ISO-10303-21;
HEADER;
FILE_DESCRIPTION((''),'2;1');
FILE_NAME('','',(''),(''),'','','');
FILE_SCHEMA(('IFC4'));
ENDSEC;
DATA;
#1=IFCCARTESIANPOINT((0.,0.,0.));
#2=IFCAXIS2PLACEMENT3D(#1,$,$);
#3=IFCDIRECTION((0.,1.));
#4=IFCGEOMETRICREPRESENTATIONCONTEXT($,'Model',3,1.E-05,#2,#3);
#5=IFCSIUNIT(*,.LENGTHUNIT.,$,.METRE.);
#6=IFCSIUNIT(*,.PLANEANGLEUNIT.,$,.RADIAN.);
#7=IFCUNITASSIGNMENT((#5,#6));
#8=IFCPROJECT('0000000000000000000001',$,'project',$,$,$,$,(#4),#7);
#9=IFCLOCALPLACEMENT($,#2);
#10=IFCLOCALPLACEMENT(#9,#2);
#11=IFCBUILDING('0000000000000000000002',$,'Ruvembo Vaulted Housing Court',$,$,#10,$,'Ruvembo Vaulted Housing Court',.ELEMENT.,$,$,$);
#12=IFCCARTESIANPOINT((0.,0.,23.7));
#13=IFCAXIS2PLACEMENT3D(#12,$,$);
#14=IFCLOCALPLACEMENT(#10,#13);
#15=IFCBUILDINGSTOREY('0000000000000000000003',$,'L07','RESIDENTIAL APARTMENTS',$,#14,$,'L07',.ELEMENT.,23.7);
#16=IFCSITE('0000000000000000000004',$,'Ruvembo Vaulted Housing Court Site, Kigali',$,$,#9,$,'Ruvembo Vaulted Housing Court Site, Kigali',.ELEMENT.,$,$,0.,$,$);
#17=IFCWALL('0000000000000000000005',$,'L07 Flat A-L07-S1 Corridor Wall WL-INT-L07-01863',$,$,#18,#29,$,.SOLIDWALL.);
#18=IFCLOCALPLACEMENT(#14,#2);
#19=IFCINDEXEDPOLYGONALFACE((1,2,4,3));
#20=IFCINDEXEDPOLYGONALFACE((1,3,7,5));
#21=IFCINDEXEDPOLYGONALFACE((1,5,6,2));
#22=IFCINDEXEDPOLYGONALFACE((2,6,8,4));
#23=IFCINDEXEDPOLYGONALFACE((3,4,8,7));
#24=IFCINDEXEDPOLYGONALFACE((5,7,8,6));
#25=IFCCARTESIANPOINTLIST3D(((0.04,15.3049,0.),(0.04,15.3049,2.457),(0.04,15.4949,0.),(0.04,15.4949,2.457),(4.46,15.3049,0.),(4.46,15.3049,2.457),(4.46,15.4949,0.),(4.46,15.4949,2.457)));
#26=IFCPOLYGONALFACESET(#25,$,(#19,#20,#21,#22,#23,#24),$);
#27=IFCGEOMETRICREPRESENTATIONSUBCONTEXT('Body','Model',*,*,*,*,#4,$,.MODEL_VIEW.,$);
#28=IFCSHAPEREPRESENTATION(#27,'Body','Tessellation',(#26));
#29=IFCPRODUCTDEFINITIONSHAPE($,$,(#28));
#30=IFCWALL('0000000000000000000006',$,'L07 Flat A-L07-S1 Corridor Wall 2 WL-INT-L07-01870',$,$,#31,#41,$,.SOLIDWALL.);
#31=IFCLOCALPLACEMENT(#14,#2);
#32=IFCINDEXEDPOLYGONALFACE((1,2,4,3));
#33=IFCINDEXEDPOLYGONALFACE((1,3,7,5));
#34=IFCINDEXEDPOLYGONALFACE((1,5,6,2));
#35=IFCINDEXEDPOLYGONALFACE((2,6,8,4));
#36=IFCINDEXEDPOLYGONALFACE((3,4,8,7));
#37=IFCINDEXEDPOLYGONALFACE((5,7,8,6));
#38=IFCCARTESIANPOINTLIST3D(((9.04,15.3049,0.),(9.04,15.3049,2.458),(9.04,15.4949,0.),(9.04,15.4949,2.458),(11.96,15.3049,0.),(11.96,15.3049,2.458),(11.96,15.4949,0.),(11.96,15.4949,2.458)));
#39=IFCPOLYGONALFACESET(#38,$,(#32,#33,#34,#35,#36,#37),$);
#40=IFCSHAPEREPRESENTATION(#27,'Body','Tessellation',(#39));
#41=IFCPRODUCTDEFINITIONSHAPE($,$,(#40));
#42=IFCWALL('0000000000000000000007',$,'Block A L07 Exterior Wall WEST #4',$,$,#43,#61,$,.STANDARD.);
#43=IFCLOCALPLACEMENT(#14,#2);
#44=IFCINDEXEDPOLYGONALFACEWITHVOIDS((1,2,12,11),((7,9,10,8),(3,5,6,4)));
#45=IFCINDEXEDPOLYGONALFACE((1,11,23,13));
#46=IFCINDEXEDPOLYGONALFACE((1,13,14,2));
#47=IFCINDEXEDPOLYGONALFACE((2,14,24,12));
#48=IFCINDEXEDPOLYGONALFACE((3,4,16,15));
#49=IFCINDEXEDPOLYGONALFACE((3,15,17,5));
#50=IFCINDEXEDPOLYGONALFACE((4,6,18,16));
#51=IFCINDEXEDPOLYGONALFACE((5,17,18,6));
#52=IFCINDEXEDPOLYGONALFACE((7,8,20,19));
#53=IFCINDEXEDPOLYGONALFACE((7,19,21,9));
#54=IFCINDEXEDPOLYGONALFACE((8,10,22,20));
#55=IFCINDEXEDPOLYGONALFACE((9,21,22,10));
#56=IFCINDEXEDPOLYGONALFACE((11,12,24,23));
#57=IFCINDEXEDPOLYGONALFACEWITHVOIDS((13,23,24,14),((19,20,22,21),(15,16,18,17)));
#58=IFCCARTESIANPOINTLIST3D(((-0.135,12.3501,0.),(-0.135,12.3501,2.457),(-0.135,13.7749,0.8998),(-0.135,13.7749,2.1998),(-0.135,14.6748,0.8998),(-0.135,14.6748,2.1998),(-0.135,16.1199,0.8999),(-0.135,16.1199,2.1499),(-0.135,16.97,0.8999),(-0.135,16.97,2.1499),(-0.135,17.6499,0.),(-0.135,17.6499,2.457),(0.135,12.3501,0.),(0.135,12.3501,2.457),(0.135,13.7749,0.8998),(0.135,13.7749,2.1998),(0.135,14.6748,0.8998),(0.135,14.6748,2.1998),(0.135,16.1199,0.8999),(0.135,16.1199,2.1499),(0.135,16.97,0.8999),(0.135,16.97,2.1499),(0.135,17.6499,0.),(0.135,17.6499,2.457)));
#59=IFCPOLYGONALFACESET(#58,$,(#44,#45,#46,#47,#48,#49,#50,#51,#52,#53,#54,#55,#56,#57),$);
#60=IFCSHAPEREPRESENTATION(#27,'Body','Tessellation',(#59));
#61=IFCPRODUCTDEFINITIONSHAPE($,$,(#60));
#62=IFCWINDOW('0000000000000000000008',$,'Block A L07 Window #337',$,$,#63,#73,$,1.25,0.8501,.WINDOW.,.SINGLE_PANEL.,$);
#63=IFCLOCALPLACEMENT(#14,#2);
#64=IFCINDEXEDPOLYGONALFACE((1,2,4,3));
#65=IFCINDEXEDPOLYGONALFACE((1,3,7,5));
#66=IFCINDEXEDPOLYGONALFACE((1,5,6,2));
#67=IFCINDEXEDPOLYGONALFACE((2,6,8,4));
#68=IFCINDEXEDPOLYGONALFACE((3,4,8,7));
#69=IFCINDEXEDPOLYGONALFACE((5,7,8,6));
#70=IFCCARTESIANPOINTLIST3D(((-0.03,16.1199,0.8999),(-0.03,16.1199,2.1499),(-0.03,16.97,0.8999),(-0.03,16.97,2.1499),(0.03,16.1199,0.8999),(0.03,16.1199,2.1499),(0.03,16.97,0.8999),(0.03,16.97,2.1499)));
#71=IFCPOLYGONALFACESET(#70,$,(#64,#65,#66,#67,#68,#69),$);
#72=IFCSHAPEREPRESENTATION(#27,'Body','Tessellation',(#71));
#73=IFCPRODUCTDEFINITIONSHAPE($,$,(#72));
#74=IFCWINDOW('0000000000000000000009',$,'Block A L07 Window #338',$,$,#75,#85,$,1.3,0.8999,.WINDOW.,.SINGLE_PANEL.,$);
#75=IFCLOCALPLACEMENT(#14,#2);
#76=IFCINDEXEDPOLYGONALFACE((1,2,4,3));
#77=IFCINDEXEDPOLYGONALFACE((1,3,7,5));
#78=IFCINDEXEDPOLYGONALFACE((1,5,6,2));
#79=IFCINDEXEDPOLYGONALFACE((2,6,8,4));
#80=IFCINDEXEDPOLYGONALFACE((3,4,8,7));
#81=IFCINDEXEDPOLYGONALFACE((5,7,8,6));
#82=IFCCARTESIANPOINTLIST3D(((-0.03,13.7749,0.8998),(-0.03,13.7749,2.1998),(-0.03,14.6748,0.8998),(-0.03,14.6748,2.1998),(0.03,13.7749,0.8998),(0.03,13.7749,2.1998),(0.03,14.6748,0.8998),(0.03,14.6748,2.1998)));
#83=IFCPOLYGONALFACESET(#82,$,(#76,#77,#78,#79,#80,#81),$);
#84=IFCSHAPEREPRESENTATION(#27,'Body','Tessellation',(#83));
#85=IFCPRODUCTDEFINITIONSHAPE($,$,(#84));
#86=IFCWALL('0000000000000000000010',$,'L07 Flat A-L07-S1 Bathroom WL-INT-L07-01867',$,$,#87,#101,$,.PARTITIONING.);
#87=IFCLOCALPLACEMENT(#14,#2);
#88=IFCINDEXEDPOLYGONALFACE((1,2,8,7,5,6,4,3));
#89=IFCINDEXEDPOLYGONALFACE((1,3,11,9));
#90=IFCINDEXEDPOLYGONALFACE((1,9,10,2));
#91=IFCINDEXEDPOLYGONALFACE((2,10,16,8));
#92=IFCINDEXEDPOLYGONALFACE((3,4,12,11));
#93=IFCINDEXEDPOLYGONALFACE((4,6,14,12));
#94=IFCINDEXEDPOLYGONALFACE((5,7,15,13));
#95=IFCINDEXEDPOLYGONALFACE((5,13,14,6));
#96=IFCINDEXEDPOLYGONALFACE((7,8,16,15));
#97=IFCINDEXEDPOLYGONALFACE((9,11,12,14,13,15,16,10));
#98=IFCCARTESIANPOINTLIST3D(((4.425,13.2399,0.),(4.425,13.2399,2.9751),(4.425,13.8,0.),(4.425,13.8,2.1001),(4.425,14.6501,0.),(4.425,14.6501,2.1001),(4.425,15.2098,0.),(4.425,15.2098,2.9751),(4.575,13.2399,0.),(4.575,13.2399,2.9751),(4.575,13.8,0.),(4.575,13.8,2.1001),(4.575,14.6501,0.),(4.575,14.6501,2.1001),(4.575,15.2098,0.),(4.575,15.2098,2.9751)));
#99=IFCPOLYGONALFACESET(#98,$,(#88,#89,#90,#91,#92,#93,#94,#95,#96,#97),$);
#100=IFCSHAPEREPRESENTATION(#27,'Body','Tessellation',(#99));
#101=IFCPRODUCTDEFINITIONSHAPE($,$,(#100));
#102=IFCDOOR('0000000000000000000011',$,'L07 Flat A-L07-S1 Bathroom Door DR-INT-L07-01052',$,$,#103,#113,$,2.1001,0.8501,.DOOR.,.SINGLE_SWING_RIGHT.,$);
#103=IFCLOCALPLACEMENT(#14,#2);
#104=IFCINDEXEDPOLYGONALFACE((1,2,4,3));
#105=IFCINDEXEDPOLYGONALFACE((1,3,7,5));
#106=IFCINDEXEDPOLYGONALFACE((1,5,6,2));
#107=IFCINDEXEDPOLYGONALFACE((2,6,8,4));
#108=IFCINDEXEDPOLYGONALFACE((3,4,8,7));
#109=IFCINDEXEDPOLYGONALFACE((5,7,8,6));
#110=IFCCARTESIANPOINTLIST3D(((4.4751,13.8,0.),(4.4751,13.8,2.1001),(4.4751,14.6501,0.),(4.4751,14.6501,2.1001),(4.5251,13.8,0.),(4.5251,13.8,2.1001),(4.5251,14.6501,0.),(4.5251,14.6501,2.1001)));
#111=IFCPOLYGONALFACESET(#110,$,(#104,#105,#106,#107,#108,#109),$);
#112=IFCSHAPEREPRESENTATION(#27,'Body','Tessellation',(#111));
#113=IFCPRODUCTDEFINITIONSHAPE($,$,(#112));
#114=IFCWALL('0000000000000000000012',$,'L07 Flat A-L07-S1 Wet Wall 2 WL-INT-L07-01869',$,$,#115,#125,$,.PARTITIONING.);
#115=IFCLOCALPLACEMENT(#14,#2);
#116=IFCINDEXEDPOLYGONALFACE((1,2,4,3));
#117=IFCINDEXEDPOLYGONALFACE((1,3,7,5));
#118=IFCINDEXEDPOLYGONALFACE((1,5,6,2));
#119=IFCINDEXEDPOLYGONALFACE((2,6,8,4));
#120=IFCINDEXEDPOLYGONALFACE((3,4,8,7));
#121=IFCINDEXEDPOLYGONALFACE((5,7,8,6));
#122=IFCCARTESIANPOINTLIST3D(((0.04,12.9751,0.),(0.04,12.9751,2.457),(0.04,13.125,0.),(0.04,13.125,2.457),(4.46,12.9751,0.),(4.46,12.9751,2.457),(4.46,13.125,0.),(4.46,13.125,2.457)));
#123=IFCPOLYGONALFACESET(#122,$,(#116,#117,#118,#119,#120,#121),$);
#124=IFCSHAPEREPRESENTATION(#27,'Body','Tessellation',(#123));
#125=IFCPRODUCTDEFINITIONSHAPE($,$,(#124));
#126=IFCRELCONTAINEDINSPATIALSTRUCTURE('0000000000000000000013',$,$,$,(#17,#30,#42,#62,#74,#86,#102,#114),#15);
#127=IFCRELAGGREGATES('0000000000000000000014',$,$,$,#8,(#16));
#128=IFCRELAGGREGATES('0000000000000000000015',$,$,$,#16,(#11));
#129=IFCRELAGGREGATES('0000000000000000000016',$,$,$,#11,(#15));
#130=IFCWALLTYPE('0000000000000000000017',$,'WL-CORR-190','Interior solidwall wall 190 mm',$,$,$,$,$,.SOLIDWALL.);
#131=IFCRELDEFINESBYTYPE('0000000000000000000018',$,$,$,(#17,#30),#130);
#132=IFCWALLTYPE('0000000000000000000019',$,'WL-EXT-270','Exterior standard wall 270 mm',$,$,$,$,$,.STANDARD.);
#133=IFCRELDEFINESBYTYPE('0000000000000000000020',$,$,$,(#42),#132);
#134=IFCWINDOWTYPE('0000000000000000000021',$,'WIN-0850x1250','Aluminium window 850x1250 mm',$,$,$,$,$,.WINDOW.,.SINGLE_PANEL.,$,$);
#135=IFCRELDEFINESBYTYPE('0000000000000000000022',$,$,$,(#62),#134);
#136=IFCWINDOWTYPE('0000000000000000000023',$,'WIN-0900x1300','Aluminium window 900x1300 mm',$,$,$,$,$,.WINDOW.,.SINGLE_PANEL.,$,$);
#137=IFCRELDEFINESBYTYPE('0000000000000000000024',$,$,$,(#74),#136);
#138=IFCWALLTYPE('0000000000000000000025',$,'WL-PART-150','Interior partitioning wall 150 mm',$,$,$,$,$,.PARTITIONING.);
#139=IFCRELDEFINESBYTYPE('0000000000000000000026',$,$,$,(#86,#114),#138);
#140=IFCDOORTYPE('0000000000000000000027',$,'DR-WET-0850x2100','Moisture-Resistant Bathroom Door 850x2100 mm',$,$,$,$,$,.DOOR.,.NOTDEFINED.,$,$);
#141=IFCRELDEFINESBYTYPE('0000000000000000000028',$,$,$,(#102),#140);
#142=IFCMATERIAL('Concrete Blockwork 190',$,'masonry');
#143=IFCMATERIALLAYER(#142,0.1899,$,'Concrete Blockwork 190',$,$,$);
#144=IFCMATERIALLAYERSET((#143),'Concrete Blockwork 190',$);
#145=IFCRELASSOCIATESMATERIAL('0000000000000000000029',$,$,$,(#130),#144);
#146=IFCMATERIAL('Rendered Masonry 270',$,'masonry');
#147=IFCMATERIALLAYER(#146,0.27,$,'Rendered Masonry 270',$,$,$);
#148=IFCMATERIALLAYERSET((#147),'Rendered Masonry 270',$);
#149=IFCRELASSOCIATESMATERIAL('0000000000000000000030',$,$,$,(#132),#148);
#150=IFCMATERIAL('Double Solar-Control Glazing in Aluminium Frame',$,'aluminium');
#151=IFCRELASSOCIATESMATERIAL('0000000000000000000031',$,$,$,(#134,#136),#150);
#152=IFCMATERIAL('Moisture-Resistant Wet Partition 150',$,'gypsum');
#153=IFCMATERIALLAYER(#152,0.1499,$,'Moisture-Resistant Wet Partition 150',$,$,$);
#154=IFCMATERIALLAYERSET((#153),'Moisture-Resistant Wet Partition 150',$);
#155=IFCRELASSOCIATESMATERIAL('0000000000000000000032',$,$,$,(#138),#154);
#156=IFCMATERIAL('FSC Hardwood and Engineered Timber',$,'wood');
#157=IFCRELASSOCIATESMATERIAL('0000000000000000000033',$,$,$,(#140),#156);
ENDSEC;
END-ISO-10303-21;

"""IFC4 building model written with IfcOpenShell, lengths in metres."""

from ifc_helpers import new_model, si_unit, direction, frame, frame_2d, origin, place, context, subcontext, project, spatial, rectangle, extrude, material, layer, layer_set, type_object, element, fill, save


model = new_model("IFC4")

# Units and contexts
model_context = context("Model", 3, precision=1e-05, world=origin(), true_north=direction((0.0, 1.0)))
body_context = subcontext(model_context, "Body", "Model", "MODEL_VIEW")
ifc_project = project(units=[si_unit("LENGTHUNIT", "METRE"), si_unit("PLANEANGLEUNIT", "RADIAN")], contexts=[model_context])

# Site, building, storey
site_placement = place(None, origin())
site = spatial("IfcSite", under=ifc_project, at=site_placement, Name="Ruvembo Vaulted Housing Court Site, Kigali", LongName="Ruvembo Vaulted Housing Court Site, Kigali", CompositionType="ELEMENT", RefElevation=0.0)
building_placement = place(site_placement, origin())
building = spatial("IfcBuilding", under=site, at=building_placement, Name="Ruvembo Vaulted Housing Court", LongName="Ruvembo Vaulted Housing Court", CompositionType="ELEMENT")
storey_placement = place(building_placement, frame((0.0, 0.0, 23.7)))
storey = spatial("IfcBuildingStorey", under=building, at=storey_placement, Name="L07", Description="RESIDENTIAL APARTMENTS", LongName="L07", CompositionType="ELEMENT", Elevation=23.7)

# Wall
ifc_material_1 = material(Name="Concrete Blockwork 190", Category="masonry")
ifc_layer_1 = layer(ifc_material_1, 0.1899, Name="Concrete Blockwork 190")
ifc_layer_set_1 = layer_set([ifc_layer_1], Name="Concrete Blockwork 190")
wall_type_1 = type_object("IfcWallType", Name="WL-CORR-190", Description="Interior solidwall wall 190 mm", PredefinedType="SOLIDWALL", material=ifc_layer_set_1)
wall_1_placement = place(storey_placement, frame((0.04, 15.3999, 0.0), z_axis=(0.0, 0.0, 1.0), x_axis=(1.0, 0.0, 0.0)))
element("IfcWall", 1, at=wall_1_placement, inside=storey, type_object=wall_type_1, Name="L07 Flat A-L07-S1 Corridor Wall WL-INT-L07-01863", PredefinedType="SOLIDWALL", context=body_context, shape_type="SweptSolid", body=[
    extrude(rectangle(XDim=4.4199, YDim=0.1899, at=frame_2d((2.21, 0.0))), origin(), (0.0, 0.0, 1.0), 2.457),
])

# Shared definitions
ifc_material_2 = material(Name="FSC Hardwood and Engineered Timber", Category="wood")

# Wall
wall_2_placement = place(storey_placement, frame((9.04, 15.3999, 0.0), z_axis=(0.0, 0.0, 1.0), x_axis=(1.0, 0.0, 0.0)))
element("IfcWall", 2, at=wall_2_placement, inside=storey, type_object=wall_type_1, Name="L07 Flat A-L07-S1 Corridor Wall 2 WL-INT-L07-01870", PredefinedType="SOLIDWALL", context=body_context, shape_type="SweptSolid", body=[
    extrude(rectangle(XDim=2.9199, YDim=0.1899, at=frame_2d((1.46, 0.0))), origin(), (0.0, 0.0, 1.0), 2.458),
])

# Wall, openings, windows
ifc_material_3 = material(Name="Rendered Masonry 270", Category="masonry")
ifc_layer_2 = layer(ifc_material_3, 0.27, Name="Rendered Masonry 270")
ifc_layer_set_2 = layer_set([ifc_layer_2], Name="Rendered Masonry 270")
wall_type_2 = type_object("IfcWallType", Name="WL-EXT-270", Description="Exterior standard wall 270 mm", PredefinedType="STANDARD", material=ifc_layer_set_2)
wall_3_placement = place(storey_placement, frame((0.0, 17.6499, 0.0), z_axis=(0.0, 0.0, 1.0), x_axis=(0.0, -1.0, 0.0)))
wall_3 = element("IfcWall", 3, at=wall_3_placement, inside=storey, type_object=wall_type_2, Name="Block A L07 Exterior Wall WEST #4", PredefinedType="STANDARD", context=body_context, shape_type="SweptSolid", body=[
    extrude(rectangle(XDim=5.2998, YDim=0.27, at=frame_2d((2.6499, 0.0))), origin(), (0.0, 0.0, 1.0), 2.457),
])
opening_1_placement = place(wall_3_placement, frame((0.6799, 0.0, 0.8999)))
opening_1 = element("IfcOpeningElement", 4, at=opening_1_placement, cuts=wall_3, PredefinedType="OPENING", context=body_context, shape_type="SweptSolid", body=[
    extrude(rectangle(XDim=0.8501, YDim=1.25, at=frame_2d((0.425, 0.625))), frame((0.0, 0.145, 0.0), z_axis=(0.0, -1.0, 0.0), x_axis=(1.0, 0.0, 0.0)), (0.0, 0.0, 1.0), 0.29),
])
opening_2_placement = place(wall_3_placement, frame((2.9751, 0.0, 0.8999)))
opening_2 = element("IfcOpeningElement", 5, at=opening_2_placement, cuts=wall_3, PredefinedType="OPENING", context=body_context, shape_type="SweptSolid", body=[
    extrude(rectangle(XDim=0.8999, YDim=1.3, at=frame_2d((0.45, 0.6499))), frame((0.0, 0.145, 0.0), z_axis=(0.0, -1.0, 0.0), x_axis=(1.0, 0.0, 0.0)), (0.0, 0.0, 1.0), 0.29),
])
ifc_material_4 = material(Name="Double Solar-Control Glazing in Aluminium Frame", Category="aluminium")
window_type_1 = type_object("IfcWindowType", Name="WIN-0850x1250", Description="Aluminium window 850x1250 mm", PartitioningType="SINGLE_PANEL", PredefinedType="WINDOW", material=ifc_material_4)
window_1_placement = place(opening_1_placement, origin())
window_1 = element("IfcWindow", 6, at=window_1_placement, inside=storey, type_object=window_type_1, Name="Block A L07 Window #337", OverallHeight=1.25, OverallWidth=0.8501, PartitioningType="SINGLE_PANEL", PredefinedType="WINDOW", context=body_context, shape_type="SweptSolid", body=[
    extrude(rectangle(XDim=0.8501, YDim=1.25, at=frame_2d((0.425, 0.625))), frame((0.0, 0.03, 0.0), z_axis=(0.0, -1.0, 0.0), x_axis=(1.0, 0.0, 0.0)), (0.0, 0.0, 1.0), 0.0601),
])
fill(opening_1, window_1)
window_type_2 = type_object("IfcWindowType", Name="WIN-0900x1300", Description="Aluminium window 900x1300 mm", PartitioningType="SINGLE_PANEL", PredefinedType="WINDOW", material=ifc_material_4)
window_2_placement = place(opening_2_placement, origin())
window_2 = element("IfcWindow", 7, at=window_2_placement, inside=storey, type_object=window_type_2, Name="Block A L07 Window #338", OverallHeight=1.3, OverallWidth=0.8999, PartitioningType="SINGLE_PANEL", PredefinedType="WINDOW", context=body_context, shape_type="SweptSolid", body=[
    extrude(rectangle(XDim=0.8999, YDim=1.3, at=frame_2d((0.45, 0.6499))), frame((0.0, 0.03, 0.0), z_axis=(0.0, -1.0, 0.0), x_axis=(1.0, 0.0, 0.0)), (0.0, 0.0, 1.0), 0.0601),
])
fill(opening_2, window_2)

# Wall, opening, door
ifc_material_5 = material(Name="Moisture-Resistant Wet Partition 150", Category="gypsum")
ifc_layer_3 = layer(ifc_material_5, 0.1499, Name="Moisture-Resistant Wet Partition 150")
ifc_layer_set_3 = layer_set([ifc_layer_3], Name="Moisture-Resistant Wet Partition 150")
wall_type_3 = type_object("IfcWallType", Name="WL-PART-150", Description="Interior partitioning wall 150 mm", PredefinedType="PARTITIONING", material=ifc_layer_set_3)
wall_4_placement = place(storey_placement, frame((4.5, 13.24, 0.0), z_axis=(0.0, 0.0, 1.0), x_axis=(0.0, 1.0, 0.0)))
wall_4 = element("IfcWall", 8, at=wall_4_placement, inside=storey, type_object=wall_type_3, Name="L07 Flat A-L07-S1 Bathroom WL-INT-L07-01867", PredefinedType="PARTITIONING", context=body_context, shape_type="SweptSolid", body=[
    extrude(rectangle(XDim=1.97, YDim=0.1499, at=frame_2d((0.9849, 0.0))), origin(), (0.0, 0.0, 1.0), 2.9751),
])
opening_3_placement = place(wall_4_placement, frame((0.5601, 0.0, 0.0)))
opening_3 = element("IfcOpeningElement", 9, at=opening_3_placement, cuts=wall_4, PredefinedType="OPENING", context=body_context, shape_type="SweptSolid", body=[
    extrude(rectangle(XDim=0.8501, YDim=2.1001, at=frame_2d((0.425, 1.05))), frame((0.0, 0.085, 0.0), z_axis=(0.0, -1.0, 0.0), x_axis=(1.0, 0.0, 0.0)), (0.0, 0.0, 1.0), 0.1699),
])
door_type_1 = type_object("IfcDoorType", Name="DR-WET-0850x2100", Description="Moisture-Resistant Bathroom Door 850x2100 mm", OperationType="NOTDEFINED", PredefinedType="DOOR", material=ifc_material_2)
door_1_placement = place(opening_3_placement, origin())
door_1 = element("IfcDoor", 10, at=door_1_placement, inside=storey, type_object=door_type_1, Name="L07 Flat A-L07-S1 Bathroom Door DR-INT-L07-01052", OperationType="SINGLE_SWING_RIGHT", OverallHeight=2.1001, OverallWidth=0.8501, PredefinedType="DOOR", context=body_context, shape_type="SweptSolid", body=[
    extrude(rectangle(XDim=0.8501, YDim=2.1001, at=frame_2d((0.425, 1.05))), frame((0.0, 0.0249, 0.0), z_axis=(0.0, -1.0, 0.0), x_axis=(1.0, 0.0, 0.0)), (0.0, 0.0, 1.0), 0.05),
])
fill(opening_3, door_1)

# Wall
wall_5_placement = place(storey_placement, frame((0.04, 13.05, 0.0), z_axis=(0.0, 0.0, 1.0), x_axis=(1.0, 0.0, 0.0)))
element("IfcWall", 11, at=wall_5_placement, inside=storey, type_object=wall_type_3, Name="L07 Flat A-L07-S1 Wet Wall 2 WL-INT-L07-01869", PredefinedType="PARTITIONING", context=body_context, shape_type="SweptSolid", body=[
    extrude(rectangle(XDim=4.4199, YDim=0.1499, at=frame_2d((2.21, 0.0))), origin(), (0.0, 0.0, 1.0), 2.457),
])

save(model, "model.ifc")
